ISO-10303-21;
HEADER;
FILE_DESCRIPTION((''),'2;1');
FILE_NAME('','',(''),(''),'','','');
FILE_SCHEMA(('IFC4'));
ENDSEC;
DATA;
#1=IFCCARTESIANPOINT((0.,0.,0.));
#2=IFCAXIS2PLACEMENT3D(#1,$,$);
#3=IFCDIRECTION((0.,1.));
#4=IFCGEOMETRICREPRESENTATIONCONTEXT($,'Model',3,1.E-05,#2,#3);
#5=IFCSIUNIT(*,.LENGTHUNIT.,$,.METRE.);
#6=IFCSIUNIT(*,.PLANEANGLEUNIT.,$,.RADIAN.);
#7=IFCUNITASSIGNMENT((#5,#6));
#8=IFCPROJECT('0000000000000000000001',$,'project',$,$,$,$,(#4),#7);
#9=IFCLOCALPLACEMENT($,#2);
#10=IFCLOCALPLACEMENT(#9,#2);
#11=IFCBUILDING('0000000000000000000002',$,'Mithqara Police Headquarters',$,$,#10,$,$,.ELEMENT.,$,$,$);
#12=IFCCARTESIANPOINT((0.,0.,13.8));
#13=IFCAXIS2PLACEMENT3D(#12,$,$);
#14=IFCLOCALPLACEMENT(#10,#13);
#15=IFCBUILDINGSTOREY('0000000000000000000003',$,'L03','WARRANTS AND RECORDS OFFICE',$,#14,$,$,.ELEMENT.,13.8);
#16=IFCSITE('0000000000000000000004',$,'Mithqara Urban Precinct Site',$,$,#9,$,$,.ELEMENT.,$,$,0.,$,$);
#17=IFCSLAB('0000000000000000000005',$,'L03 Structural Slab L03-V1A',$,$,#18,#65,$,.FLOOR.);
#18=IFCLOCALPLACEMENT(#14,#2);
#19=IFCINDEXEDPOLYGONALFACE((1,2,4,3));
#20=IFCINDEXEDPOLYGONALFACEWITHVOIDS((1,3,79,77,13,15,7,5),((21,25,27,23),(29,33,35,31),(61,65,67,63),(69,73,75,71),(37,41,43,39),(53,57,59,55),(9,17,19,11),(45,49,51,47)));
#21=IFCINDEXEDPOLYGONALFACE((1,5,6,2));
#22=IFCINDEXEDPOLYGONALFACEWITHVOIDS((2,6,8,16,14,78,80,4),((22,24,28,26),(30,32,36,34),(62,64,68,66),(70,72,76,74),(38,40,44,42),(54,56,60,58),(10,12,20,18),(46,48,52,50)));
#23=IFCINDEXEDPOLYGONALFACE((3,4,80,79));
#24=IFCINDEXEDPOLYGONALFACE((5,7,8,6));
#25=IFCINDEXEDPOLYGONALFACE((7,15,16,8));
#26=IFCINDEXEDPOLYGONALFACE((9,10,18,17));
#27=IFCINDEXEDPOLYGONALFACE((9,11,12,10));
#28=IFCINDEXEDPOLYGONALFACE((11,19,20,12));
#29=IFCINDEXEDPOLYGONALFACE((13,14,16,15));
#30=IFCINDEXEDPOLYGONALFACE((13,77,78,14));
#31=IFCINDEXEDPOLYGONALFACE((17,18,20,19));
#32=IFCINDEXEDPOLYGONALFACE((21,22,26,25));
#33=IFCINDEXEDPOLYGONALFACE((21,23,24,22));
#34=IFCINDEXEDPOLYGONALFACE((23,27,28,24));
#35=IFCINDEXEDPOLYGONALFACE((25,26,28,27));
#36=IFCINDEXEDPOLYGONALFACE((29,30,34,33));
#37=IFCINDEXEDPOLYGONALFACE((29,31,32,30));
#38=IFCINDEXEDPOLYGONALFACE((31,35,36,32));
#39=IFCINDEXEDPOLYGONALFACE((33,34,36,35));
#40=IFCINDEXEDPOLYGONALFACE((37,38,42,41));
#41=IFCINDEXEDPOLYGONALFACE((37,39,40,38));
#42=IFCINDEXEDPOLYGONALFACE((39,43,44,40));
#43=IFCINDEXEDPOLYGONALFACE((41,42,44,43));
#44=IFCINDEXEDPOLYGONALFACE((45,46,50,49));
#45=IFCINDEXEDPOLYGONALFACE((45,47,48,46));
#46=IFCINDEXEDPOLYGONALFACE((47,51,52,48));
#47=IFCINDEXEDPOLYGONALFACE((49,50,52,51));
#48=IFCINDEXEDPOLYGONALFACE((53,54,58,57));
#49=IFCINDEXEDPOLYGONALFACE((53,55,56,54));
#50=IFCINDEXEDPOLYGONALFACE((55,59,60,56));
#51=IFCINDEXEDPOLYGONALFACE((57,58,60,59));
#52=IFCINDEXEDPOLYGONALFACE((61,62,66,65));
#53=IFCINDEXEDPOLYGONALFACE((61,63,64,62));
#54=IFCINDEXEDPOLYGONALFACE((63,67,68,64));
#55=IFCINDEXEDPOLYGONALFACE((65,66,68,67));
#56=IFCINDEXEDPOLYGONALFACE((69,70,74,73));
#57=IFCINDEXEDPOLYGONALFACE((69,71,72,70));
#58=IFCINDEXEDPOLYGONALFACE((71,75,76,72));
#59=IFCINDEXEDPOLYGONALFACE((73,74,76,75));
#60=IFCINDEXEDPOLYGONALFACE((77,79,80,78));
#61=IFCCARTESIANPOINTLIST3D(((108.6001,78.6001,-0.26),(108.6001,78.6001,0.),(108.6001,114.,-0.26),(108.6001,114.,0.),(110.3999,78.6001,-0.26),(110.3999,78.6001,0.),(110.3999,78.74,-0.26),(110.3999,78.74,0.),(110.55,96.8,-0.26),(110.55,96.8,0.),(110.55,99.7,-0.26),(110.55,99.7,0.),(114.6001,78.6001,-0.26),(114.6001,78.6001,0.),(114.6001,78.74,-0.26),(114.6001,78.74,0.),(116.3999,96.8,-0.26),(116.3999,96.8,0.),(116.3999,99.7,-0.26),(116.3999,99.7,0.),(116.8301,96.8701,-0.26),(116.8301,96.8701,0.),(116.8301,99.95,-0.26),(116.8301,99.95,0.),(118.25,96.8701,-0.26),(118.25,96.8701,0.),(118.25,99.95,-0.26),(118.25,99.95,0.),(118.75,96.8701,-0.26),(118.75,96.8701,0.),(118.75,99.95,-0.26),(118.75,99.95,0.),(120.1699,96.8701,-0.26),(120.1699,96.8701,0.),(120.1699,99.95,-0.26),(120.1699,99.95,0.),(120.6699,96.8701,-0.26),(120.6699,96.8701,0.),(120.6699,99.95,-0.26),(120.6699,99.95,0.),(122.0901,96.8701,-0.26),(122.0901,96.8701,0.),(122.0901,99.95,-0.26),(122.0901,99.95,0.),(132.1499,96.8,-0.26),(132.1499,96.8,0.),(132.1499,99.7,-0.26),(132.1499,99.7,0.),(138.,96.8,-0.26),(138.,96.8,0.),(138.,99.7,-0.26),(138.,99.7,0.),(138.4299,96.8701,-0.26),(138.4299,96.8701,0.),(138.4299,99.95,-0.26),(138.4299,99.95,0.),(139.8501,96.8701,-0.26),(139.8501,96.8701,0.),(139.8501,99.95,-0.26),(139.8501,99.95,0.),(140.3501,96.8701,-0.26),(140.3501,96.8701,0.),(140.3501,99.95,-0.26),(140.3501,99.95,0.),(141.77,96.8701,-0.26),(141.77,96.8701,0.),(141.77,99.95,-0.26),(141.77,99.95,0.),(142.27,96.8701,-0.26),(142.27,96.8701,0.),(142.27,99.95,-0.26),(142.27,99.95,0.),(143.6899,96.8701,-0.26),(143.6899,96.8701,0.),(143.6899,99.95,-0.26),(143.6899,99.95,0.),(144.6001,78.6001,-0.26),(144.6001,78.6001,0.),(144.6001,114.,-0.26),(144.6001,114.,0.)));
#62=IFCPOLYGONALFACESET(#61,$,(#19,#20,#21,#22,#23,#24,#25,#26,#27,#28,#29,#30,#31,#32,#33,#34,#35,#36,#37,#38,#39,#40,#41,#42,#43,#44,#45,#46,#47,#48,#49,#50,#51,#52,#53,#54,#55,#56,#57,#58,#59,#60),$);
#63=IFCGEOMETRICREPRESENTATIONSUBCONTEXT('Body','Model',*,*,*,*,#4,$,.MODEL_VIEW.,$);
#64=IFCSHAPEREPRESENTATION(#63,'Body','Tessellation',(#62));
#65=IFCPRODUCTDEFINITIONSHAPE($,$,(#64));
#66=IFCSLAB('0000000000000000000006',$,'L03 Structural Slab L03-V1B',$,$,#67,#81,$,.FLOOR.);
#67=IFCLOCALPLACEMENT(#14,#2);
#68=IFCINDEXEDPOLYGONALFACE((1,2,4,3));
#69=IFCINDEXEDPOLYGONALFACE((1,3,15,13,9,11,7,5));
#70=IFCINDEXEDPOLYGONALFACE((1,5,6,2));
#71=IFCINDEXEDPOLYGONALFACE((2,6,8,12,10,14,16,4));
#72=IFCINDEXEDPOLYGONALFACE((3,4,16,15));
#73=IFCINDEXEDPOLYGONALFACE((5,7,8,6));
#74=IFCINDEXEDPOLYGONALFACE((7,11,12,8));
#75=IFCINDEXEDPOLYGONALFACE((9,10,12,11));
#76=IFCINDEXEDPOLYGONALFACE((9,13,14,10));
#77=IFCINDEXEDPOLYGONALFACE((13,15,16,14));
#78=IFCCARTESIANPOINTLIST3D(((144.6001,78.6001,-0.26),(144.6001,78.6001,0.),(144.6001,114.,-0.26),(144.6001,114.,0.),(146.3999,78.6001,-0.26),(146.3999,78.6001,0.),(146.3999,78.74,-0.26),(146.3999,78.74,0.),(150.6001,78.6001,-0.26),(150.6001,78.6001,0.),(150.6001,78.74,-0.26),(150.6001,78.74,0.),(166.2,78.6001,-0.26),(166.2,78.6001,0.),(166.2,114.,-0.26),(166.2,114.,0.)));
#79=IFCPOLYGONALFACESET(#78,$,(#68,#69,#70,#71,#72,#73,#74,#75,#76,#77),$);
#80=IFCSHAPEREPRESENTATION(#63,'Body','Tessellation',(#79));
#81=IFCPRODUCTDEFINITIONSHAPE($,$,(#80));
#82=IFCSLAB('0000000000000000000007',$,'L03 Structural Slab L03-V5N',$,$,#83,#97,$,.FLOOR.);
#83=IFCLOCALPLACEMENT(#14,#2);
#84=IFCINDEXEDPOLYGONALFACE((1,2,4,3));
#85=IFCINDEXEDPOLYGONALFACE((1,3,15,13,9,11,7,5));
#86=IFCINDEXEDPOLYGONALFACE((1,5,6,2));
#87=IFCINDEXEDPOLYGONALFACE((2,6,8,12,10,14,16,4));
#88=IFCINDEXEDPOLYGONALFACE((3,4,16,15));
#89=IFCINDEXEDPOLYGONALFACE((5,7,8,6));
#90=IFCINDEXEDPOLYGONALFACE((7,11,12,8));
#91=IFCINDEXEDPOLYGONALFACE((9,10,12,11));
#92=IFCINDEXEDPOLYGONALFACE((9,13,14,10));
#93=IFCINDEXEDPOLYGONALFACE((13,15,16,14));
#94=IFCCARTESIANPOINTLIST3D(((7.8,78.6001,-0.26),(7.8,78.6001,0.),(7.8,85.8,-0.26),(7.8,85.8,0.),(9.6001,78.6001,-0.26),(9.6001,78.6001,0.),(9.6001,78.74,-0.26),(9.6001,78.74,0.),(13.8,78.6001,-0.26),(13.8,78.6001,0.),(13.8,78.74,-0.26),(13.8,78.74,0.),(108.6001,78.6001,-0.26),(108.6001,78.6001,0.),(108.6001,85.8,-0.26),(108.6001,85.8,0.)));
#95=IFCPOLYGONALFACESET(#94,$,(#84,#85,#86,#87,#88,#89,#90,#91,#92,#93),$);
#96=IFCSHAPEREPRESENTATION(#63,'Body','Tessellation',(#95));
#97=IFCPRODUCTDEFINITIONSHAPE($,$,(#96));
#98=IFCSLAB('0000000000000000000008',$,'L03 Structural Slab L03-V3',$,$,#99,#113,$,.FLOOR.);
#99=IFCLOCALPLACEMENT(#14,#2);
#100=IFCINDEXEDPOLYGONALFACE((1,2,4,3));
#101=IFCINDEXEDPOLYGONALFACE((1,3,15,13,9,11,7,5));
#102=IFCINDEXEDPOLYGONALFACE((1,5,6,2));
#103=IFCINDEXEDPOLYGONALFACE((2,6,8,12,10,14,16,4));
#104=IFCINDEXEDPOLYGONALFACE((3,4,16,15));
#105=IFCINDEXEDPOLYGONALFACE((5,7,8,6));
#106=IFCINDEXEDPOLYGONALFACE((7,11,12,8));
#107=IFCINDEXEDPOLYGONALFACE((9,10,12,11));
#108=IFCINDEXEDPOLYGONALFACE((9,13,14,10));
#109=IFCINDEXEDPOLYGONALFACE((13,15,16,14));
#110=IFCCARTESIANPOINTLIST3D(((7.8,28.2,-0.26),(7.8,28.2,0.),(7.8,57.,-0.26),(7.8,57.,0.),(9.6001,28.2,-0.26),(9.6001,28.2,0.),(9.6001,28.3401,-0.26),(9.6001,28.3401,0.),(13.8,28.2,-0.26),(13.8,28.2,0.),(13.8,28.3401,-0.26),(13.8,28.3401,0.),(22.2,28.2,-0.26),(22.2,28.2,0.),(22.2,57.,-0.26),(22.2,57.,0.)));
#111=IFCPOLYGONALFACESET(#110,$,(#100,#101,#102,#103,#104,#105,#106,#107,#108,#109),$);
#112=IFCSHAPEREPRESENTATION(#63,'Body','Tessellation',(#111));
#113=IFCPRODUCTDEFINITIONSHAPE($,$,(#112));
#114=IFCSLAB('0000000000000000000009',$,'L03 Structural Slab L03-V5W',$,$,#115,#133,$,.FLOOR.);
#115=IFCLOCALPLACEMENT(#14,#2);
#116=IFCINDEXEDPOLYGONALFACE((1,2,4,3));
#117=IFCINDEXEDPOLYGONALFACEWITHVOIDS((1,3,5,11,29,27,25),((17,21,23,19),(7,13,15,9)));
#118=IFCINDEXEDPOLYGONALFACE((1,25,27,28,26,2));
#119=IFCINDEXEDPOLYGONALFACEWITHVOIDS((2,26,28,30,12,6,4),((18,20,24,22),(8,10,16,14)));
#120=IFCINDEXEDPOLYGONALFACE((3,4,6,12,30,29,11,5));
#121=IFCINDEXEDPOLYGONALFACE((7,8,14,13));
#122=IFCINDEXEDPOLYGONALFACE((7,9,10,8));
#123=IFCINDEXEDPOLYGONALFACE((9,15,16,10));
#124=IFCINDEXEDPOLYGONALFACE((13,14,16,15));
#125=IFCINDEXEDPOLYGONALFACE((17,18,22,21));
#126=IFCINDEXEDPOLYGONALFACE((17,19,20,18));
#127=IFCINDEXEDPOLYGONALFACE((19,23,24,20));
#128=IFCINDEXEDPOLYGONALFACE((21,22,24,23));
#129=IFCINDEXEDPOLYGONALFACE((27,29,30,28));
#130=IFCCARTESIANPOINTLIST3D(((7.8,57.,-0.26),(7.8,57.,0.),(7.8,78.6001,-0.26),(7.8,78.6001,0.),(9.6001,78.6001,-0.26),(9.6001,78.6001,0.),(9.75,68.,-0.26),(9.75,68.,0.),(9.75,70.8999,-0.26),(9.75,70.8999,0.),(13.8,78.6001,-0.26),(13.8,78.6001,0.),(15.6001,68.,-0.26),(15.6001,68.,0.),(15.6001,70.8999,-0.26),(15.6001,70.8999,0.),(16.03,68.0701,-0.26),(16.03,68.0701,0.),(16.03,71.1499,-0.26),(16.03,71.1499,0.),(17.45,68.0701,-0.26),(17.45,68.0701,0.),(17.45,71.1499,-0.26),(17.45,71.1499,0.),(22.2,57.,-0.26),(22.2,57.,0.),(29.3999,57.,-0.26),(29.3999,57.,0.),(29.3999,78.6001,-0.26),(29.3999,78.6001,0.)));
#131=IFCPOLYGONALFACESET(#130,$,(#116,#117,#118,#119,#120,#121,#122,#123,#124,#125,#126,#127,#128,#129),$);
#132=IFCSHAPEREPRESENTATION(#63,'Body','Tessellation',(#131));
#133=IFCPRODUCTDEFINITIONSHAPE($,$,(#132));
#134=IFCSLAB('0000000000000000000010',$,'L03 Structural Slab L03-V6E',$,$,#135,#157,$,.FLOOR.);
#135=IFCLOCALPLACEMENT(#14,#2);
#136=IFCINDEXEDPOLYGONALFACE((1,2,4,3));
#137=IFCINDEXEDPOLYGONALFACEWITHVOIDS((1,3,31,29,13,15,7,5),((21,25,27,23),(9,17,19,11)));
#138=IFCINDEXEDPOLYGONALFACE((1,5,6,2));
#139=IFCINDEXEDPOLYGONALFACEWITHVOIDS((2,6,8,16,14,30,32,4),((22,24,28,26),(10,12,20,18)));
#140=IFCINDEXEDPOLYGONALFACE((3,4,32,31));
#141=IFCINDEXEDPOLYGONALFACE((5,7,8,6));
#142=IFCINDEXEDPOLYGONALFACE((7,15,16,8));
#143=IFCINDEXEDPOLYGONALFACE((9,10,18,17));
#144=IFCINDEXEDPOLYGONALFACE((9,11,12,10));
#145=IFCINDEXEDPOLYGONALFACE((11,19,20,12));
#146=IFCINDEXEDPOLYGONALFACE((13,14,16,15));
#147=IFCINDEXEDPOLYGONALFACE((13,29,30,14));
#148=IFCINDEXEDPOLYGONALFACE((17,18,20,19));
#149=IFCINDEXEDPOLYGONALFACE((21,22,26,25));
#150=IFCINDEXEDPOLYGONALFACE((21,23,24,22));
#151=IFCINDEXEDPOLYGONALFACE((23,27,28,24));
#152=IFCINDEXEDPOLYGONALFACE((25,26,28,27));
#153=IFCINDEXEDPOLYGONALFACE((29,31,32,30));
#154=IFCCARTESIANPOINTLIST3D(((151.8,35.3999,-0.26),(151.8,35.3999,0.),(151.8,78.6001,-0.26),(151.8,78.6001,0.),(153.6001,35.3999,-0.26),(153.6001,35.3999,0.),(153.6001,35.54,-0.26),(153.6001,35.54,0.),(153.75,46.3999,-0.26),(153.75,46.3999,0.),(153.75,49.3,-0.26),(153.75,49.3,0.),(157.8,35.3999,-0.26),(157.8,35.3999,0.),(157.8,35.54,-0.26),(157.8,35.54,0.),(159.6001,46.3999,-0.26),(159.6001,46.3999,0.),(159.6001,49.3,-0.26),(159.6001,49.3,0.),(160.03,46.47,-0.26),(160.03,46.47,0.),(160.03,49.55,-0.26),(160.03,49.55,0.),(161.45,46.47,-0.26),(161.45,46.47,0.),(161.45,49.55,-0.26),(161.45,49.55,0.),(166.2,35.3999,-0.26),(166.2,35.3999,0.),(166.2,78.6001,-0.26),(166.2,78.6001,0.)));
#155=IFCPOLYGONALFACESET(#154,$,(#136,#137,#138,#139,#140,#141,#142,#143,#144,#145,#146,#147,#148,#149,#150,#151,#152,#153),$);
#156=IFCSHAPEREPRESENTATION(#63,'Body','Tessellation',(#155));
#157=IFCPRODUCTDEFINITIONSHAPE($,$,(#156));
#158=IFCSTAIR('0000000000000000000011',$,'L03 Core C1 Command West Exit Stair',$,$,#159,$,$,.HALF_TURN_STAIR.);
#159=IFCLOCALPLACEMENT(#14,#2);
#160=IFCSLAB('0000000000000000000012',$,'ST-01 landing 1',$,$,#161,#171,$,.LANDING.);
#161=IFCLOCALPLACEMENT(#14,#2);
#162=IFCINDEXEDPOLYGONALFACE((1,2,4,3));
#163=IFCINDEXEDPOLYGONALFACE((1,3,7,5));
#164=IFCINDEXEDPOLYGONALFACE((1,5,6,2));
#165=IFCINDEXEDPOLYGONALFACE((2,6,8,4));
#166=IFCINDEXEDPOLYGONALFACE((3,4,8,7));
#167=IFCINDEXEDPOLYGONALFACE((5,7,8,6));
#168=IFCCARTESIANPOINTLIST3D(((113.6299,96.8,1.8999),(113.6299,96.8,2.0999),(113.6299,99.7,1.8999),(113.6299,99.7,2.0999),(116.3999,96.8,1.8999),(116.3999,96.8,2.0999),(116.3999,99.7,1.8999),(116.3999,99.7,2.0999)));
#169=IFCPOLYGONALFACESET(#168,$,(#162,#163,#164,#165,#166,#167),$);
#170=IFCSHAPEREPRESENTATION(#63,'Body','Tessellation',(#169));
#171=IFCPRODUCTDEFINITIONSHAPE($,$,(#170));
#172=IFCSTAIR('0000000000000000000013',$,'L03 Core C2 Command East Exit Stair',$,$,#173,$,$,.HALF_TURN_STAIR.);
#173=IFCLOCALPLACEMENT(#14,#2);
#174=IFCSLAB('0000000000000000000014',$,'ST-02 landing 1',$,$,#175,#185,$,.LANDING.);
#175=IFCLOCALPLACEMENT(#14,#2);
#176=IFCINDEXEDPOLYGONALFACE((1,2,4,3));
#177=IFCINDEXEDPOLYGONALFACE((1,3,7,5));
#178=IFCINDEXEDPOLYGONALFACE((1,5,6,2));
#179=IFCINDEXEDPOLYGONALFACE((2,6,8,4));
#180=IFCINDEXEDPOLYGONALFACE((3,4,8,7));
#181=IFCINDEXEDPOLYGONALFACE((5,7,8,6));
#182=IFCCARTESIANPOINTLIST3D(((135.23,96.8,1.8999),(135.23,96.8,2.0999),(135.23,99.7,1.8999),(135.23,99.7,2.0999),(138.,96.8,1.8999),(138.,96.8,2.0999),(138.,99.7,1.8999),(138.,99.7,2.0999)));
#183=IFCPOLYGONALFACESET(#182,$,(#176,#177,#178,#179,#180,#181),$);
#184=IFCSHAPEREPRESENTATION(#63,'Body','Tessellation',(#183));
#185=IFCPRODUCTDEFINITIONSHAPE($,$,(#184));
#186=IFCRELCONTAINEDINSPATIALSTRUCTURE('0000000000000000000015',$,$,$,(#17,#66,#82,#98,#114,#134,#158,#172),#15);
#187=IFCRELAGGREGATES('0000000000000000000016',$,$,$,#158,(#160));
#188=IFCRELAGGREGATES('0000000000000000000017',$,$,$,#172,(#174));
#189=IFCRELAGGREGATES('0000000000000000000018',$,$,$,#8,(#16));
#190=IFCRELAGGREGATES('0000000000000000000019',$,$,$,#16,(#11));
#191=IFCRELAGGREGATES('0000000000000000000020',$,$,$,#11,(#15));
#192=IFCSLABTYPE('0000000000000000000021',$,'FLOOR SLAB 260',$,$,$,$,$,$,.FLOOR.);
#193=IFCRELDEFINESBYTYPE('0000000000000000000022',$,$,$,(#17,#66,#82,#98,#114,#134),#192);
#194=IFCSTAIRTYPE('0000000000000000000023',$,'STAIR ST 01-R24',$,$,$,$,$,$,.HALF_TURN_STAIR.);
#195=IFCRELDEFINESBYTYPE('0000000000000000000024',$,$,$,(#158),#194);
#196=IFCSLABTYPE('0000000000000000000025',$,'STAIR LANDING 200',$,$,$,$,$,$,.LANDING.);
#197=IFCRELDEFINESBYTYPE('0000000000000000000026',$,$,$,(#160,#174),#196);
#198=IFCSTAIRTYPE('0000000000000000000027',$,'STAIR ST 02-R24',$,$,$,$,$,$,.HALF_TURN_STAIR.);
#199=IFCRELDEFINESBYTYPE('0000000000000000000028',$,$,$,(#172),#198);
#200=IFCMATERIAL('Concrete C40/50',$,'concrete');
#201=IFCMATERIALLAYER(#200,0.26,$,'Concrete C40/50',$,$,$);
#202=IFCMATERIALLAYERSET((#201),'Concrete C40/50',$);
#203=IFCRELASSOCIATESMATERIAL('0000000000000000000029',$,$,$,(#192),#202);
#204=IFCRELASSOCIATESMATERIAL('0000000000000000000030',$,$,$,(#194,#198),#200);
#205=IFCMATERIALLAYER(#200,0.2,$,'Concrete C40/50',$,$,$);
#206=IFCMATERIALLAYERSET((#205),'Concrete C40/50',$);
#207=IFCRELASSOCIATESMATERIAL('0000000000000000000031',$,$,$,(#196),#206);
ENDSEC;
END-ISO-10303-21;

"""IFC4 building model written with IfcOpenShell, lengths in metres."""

from ifc_helpers import new_model, si_unit, direction, frame, origin, place, context, subcontext, project, spatial, polyline, outline, extrude, material, layer, layer_set, type_object, element, aggregate, save


model = new_model("IFC4")

# Units and contexts
model_context = context("Model", 3, precision=1e-05, world=origin(), true_north=direction((0.0, 1.0)))
body_context = subcontext(model_context, "Body", "Model", "MODEL_VIEW")
ifc_project = project(units=[si_unit("LENGTHUNIT", "METRE"), si_unit("PLANEANGLEUNIT", "RADIAN")], contexts=[model_context])

# Site, building, storey
site_placement = place(None, origin())
site = spatial("IfcSite", under=ifc_project, at=site_placement, Name="Mithqara Urban Precinct Site", CompositionType="ELEMENT", RefElevation=0.0)
building_placement = place(site_placement, origin())
building = spatial("IfcBuilding", under=site, at=building_placement, Name="Mithqara Police Headquarters", CompositionType="ELEMENT")
storey_placement = place(building_placement, frame((0.0, 0.0, 13.8)))
storey = spatial("IfcBuildingStorey", under=building, at=storey_placement, Name="L03", Description="WARRANTS AND RECORDS OFFICE", CompositionType="ELEMENT", Elevation=13.8)

# Slabs
ifc_material_1 = material(Name="Concrete C40/50", Category="concrete")
ifc_layer_1 = layer(ifc_material_1, 0.26, Name="Concrete C40/50")
ifc_layer_set_1 = layer_set([ifc_layer_1], Name="Concrete C40/50")
slab_type_1 = type_object("IfcSlabType", Name="FLOOR SLAB 260", PredefinedType="FLOOR", material=ifc_layer_set_1)
slab_1_placement = place(storey_placement, frame((0.0, 0.0, -0.26)))
element("IfcSlab", 1, at=slab_1_placement, inside=storey, type_object=slab_type_1, Name="L03 Structural Slab L03-V1A", PredefinedType="FLOOR", context=body_context, shape_type="SweptSolid", body=[
    extrude(outline(polyline([(108.6001, 114.0), (144.6001, 114.0), (144.6001, 78.6001), (114.6001, 78.6001), (114.6001, 78.74), (110.3999, 78.74), (110.3999, 78.6001), (108.6001, 78.6001), (108.6001, 114.0)]), holes=[polyline([(110.55, 96.8), (116.3999, 96.8), (116.3999, 99.7), (110.55, 99.7), (110.55, 96.8)]), polyline([(132.1499, 96.8), (138.0, 96.8), (138.0, 99.7), (132.1499, 99.7), (132.1499, 96.8)]), polyline([(118.25, 96.8701), (118.25, 99.95), (116.8301, 99.95), (116.8301, 96.8701), (118.25, 96.8701)]), polyline([(120.1699, 96.8701), (120.1699, 99.95), (118.75, 99.95), (118.75, 96.8701), (120.1699, 96.8701)]), polyline([(122.0901, 96.8701), (122.0901, 99.95), (120.6699, 99.95), (120.6699, 96.8701), (122.0901, 96.8701)]), polyline([(139.8501, 96.8701), (139.8501, 99.95), (138.4299, 99.95), (138.4299, 96.8701), (139.8501, 96.8701)]), polyline([(141.77, 96.8701), (141.77, 99.95), (140.3501, 99.95), (140.3501, 96.8701), (141.77, 96.8701)]), polyline([(143.6899, 96.8701), (143.6899, 99.95), (142.27, 99.95), (142.27, 96.8701), (143.6899, 96.8701)])]), origin(), (0.0, 0.0, 1.0), 0.26),
])
slab_2_placement = place(storey_placement, frame((0.0, 0.0, -0.26)))
element("IfcSlab", 2, at=slab_2_placement, inside=storey, type_object=slab_type_1, Name="L03 Structural Slab L03-V1B", PredefinedType="FLOOR", context=body_context, shape_type="SweptSolid", body=[
    extrude(outline(polyline([(166.2, 78.6001), (150.6001, 78.6001), (150.6001, 78.74), (146.3999, 78.74), (146.3999, 78.6001), (144.6001, 78.6001), (144.6001, 114.0), (166.2, 114.0), (166.2, 78.6001)])), origin(), (0.0, 0.0, 1.0), 0.26),
])
slab_3_placement = place(storey_placement, frame((0.0, 0.0, -0.26)))
element("IfcSlab", 3, at=slab_3_placement, inside=storey, type_object=slab_type_1, Name="L03 Structural Slab L03-V5N", PredefinedType="FLOOR", context=body_context, shape_type="SweptSolid", body=[
    extrude(outline(polyline([(13.8, 78.6001), (13.8, 78.74), (9.6001, 78.74), (9.6001, 78.6001), (7.8, 78.6001), (7.8, 85.8), (108.6001, 85.8), (108.6001, 78.6001), (13.8, 78.6001)])), origin(), (0.0, 0.0, 1.0), 0.26),
])
slab_4_placement = place(storey_placement, frame((0.0, 0.0, -0.26)))
element("IfcSlab", 4, at=slab_4_placement, inside=storey, type_object=slab_type_1, Name="L03 Structural Slab L03-V3", PredefinedType="FLOOR", context=body_context, shape_type="SweptSolid", body=[
    extrude(outline(polyline([(7.8, 57.0), (22.2, 57.0), (22.2, 28.2), (13.8, 28.2), (13.8, 28.3401), (9.6001, 28.3401), (9.6001, 28.2), (7.8, 28.2), (7.8, 57.0)])), origin(), (0.0, 0.0, 1.0), 0.26),
])
slab_5_placement = place(storey_placement, frame((0.0, 0.0, -0.26)))
element("IfcSlab", 5, at=slab_5_placement, inside=storey, type_object=slab_type_1, Name="L03 Structural Slab L03-V5W", PredefinedType="FLOOR", context=body_context, shape_type="SweptSolid", body=[
    extrude(outline(polyline([(29.3999, 57.0), (22.2, 57.0), (7.8, 57.0), (7.8, 78.6001), (9.6001, 78.6001), (13.8, 78.6001), (29.3999, 78.6001), (29.3999, 57.0)]), holes=[polyline([(9.75, 68.0), (15.6001, 68.0), (15.6001, 70.8999), (9.75, 70.8999), (9.75, 68.0)]), polyline([(17.45, 68.0701), (17.45, 71.1499), (16.03, 71.1499), (16.03, 68.0701), (17.45, 68.0701)])]), origin(), (0.0, 0.0, 1.0), 0.26),
])
slab_6_placement = place(storey_placement, frame((0.0, 0.0, -0.26)))
element("IfcSlab", 6, at=slab_6_placement, inside=storey, type_object=slab_type_1, Name="L03 Structural Slab L03-V6E", PredefinedType="FLOOR", context=body_context, shape_type="SweptSolid", body=[
    extrude(outline(polyline([(157.8, 35.3999), (157.8, 35.54), (153.6001, 35.54), (153.6001, 35.3999), (151.8, 35.3999), (151.8, 78.6001), (166.2, 78.6001), (166.2, 35.3999), (157.8, 35.3999)]), holes=[polyline([(153.75, 46.3999), (159.6001, 46.3999), (159.6001, 49.3), (153.75, 49.3), (153.75, 46.3999)]), polyline([(161.45, 46.47), (161.45, 49.55), (160.03, 49.55), (160.03, 46.47), (161.45, 46.47)])]), origin(), (0.0, 0.0, 1.0), 0.26),
])

# Stairs, slabs
stair_type_1 = type_object("IfcStairType", Name="STAIR ST 01-R24", PredefinedType="HALF_TURN_STAIR", material=ifc_material_1)
stair_1_placement = place(storey_placement, origin())
stair_1 = element("IfcStair", 7, at=stair_1_placement, inside=storey, type_object=stair_type_1, Name="L03 Core C1 Command West Exit Stair", PredefinedType="HALF_TURN_STAIR")
ifc_layer_2 = layer(ifc_material_1, 0.2, Name="Concrete C40/50")
ifc_layer_set_2 = layer_set([ifc_layer_2], Name="Concrete C40/50")
slab_type_2 = type_object("IfcSlabType", Name="STAIR LANDING 200", PredefinedType="LANDING", material=ifc_layer_set_2)
slab_7_placement = place(storey_placement, frame((0.0, 0.0, 1.8999)))
slab_7 = element("IfcSlab", 8, at=slab_7_placement, type_object=slab_type_2, Name="ST-01 landing 1", PredefinedType="LANDING", context=body_context, shape_type="SweptSolid", body=[
    extrude(outline(polyline([(113.6299, 96.8), (116.3999, 96.8), (116.3999, 99.7), (113.6299, 99.7), (113.6299, 96.8)])), origin(), (0.0, 0.0, 1.0), 0.2),
])
aggregate(stair_1, [slab_7])
stair_type_2 = type_object("IfcStairType", Name="STAIR ST 02-R24", PredefinedType="HALF_TURN_STAIR", material=ifc_material_1)
stair_2_placement = place(storey_placement, origin())
stair_2 = element("IfcStair", 9, at=stair_2_placement, inside=storey, type_object=stair_type_2, Name="L03 Core C2 Command East Exit Stair", PredefinedType="HALF_TURN_STAIR")
slab_8_placement = place(storey_placement, frame((0.0, 0.0, 1.8999)))
slab_8 = element("IfcSlab", 10, at=slab_8_placement, type_object=slab_type_2, Name="ST-02 landing 1", PredefinedType="LANDING", context=body_context, shape_type="SweptSolid", body=[
    extrude(outline(polyline([(135.23, 96.8), (138.0, 96.8), (138.0, 99.7), (135.23, 99.7), (135.23, 96.8)])), origin(), (0.0, 0.0, 1.0), 0.2),
])
aggregate(stair_2, [slab_8])

save(model, "model.ifc")
